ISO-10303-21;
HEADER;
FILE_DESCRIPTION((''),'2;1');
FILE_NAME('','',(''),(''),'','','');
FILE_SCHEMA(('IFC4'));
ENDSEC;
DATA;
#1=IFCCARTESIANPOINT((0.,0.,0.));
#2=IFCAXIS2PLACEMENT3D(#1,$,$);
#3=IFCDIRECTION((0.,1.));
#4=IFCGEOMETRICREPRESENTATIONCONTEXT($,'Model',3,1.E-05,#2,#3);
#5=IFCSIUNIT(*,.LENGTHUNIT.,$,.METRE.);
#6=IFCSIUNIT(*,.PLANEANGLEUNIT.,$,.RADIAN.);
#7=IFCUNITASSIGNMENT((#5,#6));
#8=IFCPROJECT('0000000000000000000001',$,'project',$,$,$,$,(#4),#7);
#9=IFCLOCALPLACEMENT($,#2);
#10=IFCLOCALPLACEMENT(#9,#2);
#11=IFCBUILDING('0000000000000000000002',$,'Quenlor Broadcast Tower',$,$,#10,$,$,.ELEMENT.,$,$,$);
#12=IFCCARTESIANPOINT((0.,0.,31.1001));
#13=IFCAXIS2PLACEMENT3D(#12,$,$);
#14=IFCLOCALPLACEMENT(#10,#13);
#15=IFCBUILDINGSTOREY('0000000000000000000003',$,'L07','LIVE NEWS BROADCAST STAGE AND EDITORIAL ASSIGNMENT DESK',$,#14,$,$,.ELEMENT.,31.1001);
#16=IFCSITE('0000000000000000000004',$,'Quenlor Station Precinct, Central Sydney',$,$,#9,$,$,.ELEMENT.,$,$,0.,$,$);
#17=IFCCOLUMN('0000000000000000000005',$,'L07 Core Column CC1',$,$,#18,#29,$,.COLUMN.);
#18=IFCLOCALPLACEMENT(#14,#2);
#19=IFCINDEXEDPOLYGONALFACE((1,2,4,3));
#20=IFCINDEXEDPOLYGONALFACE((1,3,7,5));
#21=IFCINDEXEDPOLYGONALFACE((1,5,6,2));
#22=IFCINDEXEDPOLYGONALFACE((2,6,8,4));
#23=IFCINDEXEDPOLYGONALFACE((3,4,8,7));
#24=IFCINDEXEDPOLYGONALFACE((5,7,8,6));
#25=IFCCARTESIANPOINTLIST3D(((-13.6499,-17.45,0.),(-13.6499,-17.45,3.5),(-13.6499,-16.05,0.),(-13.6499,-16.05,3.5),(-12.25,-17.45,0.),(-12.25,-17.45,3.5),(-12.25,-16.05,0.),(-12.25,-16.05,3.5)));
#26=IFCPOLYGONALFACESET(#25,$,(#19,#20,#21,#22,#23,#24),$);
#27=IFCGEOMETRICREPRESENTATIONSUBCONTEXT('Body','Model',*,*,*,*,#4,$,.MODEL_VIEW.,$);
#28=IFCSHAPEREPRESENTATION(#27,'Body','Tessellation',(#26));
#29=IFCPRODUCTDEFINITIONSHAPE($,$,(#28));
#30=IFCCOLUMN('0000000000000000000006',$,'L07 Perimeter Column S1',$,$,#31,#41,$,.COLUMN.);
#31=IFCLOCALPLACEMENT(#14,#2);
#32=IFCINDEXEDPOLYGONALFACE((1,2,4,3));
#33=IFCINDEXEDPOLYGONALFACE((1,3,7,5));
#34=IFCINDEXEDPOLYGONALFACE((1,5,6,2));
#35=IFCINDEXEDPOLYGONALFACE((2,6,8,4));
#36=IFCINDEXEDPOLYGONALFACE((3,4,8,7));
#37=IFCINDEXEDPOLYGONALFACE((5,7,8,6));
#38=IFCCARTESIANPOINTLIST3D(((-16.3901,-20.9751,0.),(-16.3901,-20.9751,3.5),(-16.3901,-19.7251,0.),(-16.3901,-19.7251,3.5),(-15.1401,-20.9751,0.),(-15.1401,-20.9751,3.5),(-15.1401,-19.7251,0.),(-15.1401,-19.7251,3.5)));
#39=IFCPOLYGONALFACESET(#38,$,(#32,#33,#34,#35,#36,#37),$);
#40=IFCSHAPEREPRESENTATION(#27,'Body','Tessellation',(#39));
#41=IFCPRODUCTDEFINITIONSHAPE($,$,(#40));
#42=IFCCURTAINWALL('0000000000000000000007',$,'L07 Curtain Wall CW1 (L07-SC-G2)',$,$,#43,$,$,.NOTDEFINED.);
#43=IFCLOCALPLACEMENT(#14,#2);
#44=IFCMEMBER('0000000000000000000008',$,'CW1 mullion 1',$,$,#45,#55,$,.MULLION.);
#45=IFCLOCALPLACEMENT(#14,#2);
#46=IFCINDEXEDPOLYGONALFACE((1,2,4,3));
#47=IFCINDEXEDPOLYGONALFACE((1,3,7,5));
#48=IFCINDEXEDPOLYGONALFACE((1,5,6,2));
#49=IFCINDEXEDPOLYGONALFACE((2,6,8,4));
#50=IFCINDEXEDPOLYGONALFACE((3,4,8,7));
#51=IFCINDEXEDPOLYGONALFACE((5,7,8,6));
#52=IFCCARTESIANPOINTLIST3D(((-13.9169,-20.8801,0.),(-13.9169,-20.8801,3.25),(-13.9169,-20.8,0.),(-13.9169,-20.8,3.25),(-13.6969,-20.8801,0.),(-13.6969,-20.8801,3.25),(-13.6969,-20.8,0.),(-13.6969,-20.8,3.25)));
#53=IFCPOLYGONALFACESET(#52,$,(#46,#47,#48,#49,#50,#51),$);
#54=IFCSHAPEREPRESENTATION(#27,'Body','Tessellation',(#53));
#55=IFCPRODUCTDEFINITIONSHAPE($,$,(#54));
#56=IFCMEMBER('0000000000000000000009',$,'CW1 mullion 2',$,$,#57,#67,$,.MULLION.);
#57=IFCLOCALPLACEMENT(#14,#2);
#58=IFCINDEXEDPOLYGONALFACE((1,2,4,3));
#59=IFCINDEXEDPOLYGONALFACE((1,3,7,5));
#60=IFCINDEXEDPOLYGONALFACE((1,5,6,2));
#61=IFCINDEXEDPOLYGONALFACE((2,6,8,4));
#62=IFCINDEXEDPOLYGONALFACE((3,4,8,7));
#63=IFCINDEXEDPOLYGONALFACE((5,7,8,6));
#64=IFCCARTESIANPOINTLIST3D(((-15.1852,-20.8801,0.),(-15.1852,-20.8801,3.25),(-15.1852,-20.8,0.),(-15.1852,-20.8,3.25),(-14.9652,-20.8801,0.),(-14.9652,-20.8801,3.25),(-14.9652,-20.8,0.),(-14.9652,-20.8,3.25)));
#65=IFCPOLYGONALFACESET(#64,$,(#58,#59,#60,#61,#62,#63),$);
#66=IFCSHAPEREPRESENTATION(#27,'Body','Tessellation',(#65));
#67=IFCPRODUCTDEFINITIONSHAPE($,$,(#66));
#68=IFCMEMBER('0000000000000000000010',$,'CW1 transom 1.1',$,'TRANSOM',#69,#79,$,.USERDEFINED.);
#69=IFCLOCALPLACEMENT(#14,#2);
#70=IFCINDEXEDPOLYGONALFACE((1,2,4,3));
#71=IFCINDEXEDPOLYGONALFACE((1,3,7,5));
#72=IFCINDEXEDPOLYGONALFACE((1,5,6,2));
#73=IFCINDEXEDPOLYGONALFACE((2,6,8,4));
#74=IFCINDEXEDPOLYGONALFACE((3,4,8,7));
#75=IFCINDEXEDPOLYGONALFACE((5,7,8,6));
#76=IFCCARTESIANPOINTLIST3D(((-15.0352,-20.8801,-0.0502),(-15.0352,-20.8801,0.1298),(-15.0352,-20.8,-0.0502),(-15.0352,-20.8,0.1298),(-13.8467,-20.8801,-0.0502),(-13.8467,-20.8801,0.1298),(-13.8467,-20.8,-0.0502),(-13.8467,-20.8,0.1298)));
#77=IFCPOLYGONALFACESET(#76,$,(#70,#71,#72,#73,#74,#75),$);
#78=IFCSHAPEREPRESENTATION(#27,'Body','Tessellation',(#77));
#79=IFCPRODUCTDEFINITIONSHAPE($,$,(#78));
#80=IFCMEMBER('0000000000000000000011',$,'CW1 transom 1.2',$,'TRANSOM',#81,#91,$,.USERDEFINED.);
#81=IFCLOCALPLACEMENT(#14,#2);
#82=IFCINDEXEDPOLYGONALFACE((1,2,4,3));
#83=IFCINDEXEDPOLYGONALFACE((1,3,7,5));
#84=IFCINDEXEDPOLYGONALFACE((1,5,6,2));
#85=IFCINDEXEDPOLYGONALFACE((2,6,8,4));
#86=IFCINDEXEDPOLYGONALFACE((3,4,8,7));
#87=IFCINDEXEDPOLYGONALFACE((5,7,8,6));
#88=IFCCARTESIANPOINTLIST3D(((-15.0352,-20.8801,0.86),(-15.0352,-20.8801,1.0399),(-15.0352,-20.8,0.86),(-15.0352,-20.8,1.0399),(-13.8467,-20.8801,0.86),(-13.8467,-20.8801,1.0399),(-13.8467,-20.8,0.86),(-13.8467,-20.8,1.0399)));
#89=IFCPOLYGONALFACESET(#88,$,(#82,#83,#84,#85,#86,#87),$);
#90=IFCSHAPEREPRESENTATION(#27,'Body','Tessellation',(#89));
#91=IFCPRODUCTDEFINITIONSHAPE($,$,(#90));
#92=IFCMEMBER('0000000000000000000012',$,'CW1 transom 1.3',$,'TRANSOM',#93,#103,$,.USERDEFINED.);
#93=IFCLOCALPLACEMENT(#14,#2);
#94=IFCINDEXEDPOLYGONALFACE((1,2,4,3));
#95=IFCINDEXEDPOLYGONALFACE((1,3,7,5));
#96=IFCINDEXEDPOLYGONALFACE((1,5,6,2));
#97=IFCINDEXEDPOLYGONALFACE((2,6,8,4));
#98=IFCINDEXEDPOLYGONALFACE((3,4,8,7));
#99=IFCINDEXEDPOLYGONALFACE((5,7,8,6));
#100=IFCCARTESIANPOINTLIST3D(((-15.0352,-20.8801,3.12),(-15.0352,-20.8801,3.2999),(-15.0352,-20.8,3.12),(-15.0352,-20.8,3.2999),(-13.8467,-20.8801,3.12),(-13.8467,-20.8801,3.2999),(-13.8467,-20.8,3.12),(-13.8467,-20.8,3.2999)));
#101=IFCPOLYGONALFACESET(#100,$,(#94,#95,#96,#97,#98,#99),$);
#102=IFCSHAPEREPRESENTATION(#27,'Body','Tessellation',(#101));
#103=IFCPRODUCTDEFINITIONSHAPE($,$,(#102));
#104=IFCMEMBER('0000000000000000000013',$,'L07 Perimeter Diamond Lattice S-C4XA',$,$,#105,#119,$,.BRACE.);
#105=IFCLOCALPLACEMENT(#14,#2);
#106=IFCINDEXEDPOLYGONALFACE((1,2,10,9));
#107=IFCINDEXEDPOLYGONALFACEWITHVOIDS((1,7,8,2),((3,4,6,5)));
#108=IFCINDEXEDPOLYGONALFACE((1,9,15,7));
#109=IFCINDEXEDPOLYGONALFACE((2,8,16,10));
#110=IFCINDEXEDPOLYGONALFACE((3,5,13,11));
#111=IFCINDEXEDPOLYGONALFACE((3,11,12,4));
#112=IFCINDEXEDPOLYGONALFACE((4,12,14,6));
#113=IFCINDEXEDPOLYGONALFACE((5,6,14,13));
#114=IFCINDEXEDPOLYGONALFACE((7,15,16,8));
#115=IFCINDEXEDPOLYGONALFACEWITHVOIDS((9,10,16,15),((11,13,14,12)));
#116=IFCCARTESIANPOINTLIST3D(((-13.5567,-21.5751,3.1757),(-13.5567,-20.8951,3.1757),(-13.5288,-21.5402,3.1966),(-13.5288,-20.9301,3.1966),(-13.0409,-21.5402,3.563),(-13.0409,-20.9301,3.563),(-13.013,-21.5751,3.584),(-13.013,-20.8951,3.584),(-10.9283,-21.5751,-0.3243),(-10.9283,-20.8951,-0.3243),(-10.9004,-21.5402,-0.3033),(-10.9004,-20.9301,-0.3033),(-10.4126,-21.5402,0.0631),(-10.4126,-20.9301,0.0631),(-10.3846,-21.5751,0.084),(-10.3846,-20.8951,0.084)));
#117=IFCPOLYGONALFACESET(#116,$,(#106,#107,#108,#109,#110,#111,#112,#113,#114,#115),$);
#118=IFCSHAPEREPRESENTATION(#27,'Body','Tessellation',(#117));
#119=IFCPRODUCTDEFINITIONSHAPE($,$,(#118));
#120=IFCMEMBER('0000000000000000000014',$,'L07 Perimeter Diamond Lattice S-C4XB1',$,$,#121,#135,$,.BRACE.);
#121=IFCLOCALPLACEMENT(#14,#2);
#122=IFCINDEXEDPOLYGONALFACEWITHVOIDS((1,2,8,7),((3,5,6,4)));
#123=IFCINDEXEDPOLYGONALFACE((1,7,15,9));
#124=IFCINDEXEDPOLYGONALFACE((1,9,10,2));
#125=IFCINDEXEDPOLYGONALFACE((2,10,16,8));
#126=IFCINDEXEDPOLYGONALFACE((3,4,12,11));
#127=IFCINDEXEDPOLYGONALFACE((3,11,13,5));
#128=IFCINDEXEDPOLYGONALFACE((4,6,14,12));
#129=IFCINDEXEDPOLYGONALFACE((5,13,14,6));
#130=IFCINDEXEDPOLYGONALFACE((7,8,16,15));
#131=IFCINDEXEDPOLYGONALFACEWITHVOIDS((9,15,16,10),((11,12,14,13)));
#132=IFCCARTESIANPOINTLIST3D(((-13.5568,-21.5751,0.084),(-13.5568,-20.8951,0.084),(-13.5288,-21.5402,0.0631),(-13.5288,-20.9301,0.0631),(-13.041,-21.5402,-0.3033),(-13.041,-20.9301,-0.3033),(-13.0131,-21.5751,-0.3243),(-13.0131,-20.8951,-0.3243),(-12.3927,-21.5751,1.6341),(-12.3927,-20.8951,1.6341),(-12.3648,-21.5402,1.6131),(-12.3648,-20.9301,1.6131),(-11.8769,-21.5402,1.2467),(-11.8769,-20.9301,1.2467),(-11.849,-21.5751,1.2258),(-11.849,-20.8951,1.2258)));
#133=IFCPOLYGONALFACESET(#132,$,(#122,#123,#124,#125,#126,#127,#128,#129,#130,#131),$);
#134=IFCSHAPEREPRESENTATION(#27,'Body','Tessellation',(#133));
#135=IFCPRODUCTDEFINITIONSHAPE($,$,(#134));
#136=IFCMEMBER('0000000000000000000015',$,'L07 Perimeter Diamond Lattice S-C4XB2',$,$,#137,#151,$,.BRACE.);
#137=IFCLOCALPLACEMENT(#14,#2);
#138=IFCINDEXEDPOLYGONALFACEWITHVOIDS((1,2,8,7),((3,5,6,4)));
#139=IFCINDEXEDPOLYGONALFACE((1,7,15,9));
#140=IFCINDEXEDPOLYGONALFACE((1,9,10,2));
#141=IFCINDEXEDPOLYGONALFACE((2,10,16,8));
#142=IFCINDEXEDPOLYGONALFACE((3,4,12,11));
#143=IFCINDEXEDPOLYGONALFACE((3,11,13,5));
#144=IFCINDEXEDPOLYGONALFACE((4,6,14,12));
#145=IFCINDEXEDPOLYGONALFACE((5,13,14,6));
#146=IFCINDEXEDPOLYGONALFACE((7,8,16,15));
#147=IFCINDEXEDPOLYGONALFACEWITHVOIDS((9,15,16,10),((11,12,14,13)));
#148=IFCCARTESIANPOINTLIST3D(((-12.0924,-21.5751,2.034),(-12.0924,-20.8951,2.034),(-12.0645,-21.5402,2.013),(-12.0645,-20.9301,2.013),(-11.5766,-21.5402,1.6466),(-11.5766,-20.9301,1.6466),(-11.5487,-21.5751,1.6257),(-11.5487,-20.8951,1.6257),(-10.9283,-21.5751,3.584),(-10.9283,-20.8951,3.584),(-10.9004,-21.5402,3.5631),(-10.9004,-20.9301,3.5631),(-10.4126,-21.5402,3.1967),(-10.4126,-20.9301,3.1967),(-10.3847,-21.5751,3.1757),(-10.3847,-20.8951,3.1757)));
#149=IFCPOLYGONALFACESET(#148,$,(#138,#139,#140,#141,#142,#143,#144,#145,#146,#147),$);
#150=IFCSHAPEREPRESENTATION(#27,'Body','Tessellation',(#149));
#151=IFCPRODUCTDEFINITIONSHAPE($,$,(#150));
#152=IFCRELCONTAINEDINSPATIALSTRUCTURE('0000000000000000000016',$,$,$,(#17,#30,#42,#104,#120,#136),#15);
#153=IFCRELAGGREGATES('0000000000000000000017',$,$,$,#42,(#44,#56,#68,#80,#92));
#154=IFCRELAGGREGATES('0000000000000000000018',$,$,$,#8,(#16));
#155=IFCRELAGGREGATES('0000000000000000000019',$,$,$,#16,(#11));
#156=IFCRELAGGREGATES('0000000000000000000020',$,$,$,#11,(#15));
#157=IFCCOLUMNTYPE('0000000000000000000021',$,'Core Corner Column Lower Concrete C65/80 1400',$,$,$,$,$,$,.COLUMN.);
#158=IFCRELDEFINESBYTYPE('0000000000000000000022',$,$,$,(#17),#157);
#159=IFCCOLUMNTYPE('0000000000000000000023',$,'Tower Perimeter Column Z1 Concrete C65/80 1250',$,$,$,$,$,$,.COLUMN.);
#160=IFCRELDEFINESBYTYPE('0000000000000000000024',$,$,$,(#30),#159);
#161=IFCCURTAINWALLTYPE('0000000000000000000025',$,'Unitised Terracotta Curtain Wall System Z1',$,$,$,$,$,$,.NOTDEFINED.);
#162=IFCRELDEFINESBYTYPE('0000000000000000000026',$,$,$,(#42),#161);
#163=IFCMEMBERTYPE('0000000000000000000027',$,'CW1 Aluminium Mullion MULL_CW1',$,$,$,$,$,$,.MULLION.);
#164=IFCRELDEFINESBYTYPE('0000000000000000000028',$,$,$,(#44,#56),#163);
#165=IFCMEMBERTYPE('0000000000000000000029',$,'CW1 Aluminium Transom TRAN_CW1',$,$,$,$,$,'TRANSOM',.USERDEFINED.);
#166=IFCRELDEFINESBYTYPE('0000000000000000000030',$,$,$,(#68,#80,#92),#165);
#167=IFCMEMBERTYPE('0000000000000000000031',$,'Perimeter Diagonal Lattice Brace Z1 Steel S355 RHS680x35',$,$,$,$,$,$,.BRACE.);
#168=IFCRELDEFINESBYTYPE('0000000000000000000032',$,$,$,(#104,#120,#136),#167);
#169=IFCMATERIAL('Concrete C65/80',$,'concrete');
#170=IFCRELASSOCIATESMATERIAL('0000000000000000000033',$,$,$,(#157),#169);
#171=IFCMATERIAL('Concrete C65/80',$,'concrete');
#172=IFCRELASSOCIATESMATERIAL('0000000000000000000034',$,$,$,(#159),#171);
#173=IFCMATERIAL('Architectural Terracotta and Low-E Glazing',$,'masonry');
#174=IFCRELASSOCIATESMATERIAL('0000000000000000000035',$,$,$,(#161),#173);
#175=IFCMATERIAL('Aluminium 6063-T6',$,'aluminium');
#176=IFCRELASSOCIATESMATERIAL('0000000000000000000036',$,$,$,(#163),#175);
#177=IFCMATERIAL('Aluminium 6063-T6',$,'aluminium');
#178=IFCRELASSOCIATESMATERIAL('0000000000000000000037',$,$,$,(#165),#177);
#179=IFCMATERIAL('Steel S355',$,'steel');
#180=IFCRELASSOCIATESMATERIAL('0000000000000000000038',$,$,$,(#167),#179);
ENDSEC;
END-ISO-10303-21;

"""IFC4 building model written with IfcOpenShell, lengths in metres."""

from ifc_helpers import new_model, si_unit, direction, frame, origin, origin_2d, place, context, subcontext, project, spatial, rectangle, hollow_rectangle, extrude, material, material_profile, profile_set, type_object, element, aggregate, save


model = new_model("IFC4")

# Units and contexts
model_context = context("Model", 3, precision=1e-05, world=origin(), true_north=direction((0.0, 1.0)))
body_context = subcontext(model_context, "Body", "Model", "MODEL_VIEW")
ifc_project = project(units=[si_unit("LENGTHUNIT", "METRE"), si_unit("PLANEANGLEUNIT", "RADIAN")], contexts=[model_context])

# Site, building, storey
site_placement = place(None, origin())
site = spatial("IfcSite", under=ifc_project, at=site_placement, Name="Quenlor Station Precinct, Central Sydney", CompositionType="ELEMENT", RefElevation=0.0)
building_placement = place(site_placement, origin())
building = spatial("IfcBuilding", under=site, at=building_placement, Name="Quenlor Broadcast Tower", CompositionType="ELEMENT")
storey_placement = place(building_placement, frame((0.0, 0.0, 31.1001)))
storey = spatial("IfcBuildingStorey", under=building, at=storey_placement, Name="L07", Description="LIVE NEWS BROADCAST STAGE AND EDITORIAL ASSIGNMENT DESK", CompositionType="ELEMENT", Elevation=31.1001)

# Columns
ifc_material_1 = material(Name="Concrete C65/80", Category="concrete")
ifc_material_profile_1 = material_profile(ifc_material_1, rectangle(XDim=1.3999, YDim=1.3999, at=origin_2d()))
ifc_profile_set_1 = profile_set([ifc_material_profile_1], Name="Concrete C65/80 RC1400x1400")
column_type_1 = type_object("IfcColumnType", Name="Core Corner Column Lower Concrete C65/80 1400", PredefinedType="COLUMN", material=ifc_profile_set_1)
column_1_placement = place(storey_placement, frame((-12.95, -16.75, 0.0), z_axis=(0.0, 0.0, 1.0), x_axis=(1.0, 0.0, 0.0)))
element("IfcColumn", 1, at=column_1_placement, inside=storey, type_object=column_type_1, Name="L07 Core Column CC1", PredefinedType="COLUMN", context=body_context, shape_type="SweptSolid", body=[
    extrude(rectangle(XDim=1.3999, YDim=1.3999, at=origin_2d()), origin(), (0.0, 0.0, 1.0), 3.5),
])
ifc_material_2 = material(Name="Concrete C65/80", Category="concrete")
ifc_material_profile_2 = material_profile(ifc_material_2, rectangle(XDim=1.25, YDim=1.25, at=origin_2d()))
ifc_profile_set_2 = profile_set([ifc_material_profile_2], Name="Concrete C65/80 RC1250x1250")
column_type_2 = type_object("IfcColumnType", Name="Tower Perimeter Column Z1 Concrete C65/80 1250", PredefinedType="COLUMN", material=ifc_profile_set_2)
column_2_placement = place(storey_placement, frame((-15.7651, -20.3501, 0.0), z_axis=(0.0, 0.0, 1.0), x_axis=(0.0, 1.0, 0.0)))
element("IfcColumn", 2, at=column_2_placement, inside=storey, type_object=column_type_2, Name="L07 Perimeter Column S1", PredefinedType="COLUMN", context=body_context, shape_type="SweptSolid", body=[
    extrude(rectangle(XDim=1.25, YDim=1.25, at=origin_2d()), origin(), (0.0, 0.0, 1.0), 3.5),
])

# Curtain wall, members
ifc_material_3 = material(Name="Architectural Terracotta and Low-E Glazing", Category="masonry")
curtain_wall_type = type_object("IfcCurtainWallType", Name="Unitised Terracotta Curtain Wall System Z1", PredefinedType="NOTDEFINED", material=ifc_material_3)
curtain_wall_placement = place(storey_placement, origin())
curtain_wall = element("IfcCurtainWall", 3, at=curtain_wall_placement, inside=storey, type_object=curtain_wall_type, Name="L07 Curtain Wall CW1 (L07-SC-G2)", PredefinedType="NOTDEFINED")
ifc_material_4 = material(Name="Aluminium 6063-T6", Category="aluminium")
ifc_material_profile_3 = material_profile(ifc_material_4, rectangle(XDim=0.0801, YDim=0.22, at=origin_2d()))
ifc_profile_set_3 = profile_set([ifc_material_profile_3], Name="Aluminium 6063-T6 MULL80x220")
member_type_1 = type_object("IfcMemberType", Name="CW1 Aluminium Mullion MULL_CW1", PredefinedType="MULLION", material=ifc_profile_set_3)
member_1_placement = place(storey_placement, frame((-13.8069, -20.8401, 0.0), z_axis=(0.0, 0.0, 1.0), x_axis=(0.0, -1.0, 0.0)))
member_1 = element("IfcMember", 4, at=member_1_placement, type_object=member_type_1, Name="CW1 mullion 1", PredefinedType="MULLION", context=body_context, shape_type="SweptSolid", body=[
    extrude(rectangle(XDim=0.0801, YDim=0.22, at=origin_2d()), origin(), (0.0, 0.0, 1.0), 3.25),
])
member_2_placement = place(storey_placement, frame((-15.0752, -20.8401, 0.0), z_axis=(0.0, 0.0, 1.0), x_axis=(0.0, -1.0, 0.0)))
member_2 = element("IfcMember", 5, at=member_2_placement, type_object=member_type_1, Name="CW1 mullion 2", PredefinedType="MULLION", context=body_context, shape_type="SweptSolid", body=[
    extrude(rectangle(XDim=0.0801, YDim=0.22, at=origin_2d()), origin(), (0.0, 0.0, 1.0), 3.25),
])
ifc_material_5 = material(Name="Aluminium 6063-T6", Category="aluminium")
ifc_material_profile_4 = material_profile(ifc_material_5, rectangle(XDim=0.0801, YDim=0.1799, at=origin_2d()))
ifc_profile_set_4 = profile_set([ifc_material_profile_4], Name="Aluminium 6063-T6 TRAN80x180")
member_type_2 = type_object("IfcMemberType", Name="CW1 Aluminium Transom TRAN_CW1", ElementType="TRANSOM", PredefinedType="USERDEFINED", material=ifc_profile_set_4)
member_3_placement = place(storey_placement, frame((-13.8467, -20.8401, 0.0398), z_axis=(-1.0, 0.0, 0.0), x_axis=(0.0, -1.0, 0.0)))
member_3 = element("IfcMember", 6, at=member_3_placement, type_object=member_type_2, Name="CW1 transom 1.1", ObjectType="TRANSOM", PredefinedType="USERDEFINED", context=body_context, shape_type="SweptSolid", body=[
    extrude(rectangle(XDim=0.0801, YDim=0.1799, at=origin_2d()), origin(), (0.0, 0.0, 1.0), 1.1885),
])
member_4_placement = place(storey_placement, frame((-13.8467, -20.8401, 0.95), z_axis=(-1.0, 0.0, 0.0), x_axis=(0.0, -1.0, 0.0)))
member_4 = element("IfcMember", 7, at=member_4_placement, type_object=member_type_2, Name="CW1 transom 1.2", ObjectType="TRANSOM", PredefinedType="USERDEFINED", context=body_context, shape_type="SweptSolid", body=[
    extrude(rectangle(XDim=0.0801, YDim=0.1799, at=origin_2d()), origin(), (0.0, 0.0, 1.0), 1.1885),
])
member_5_placement = place(storey_placement, frame((-13.8467, -20.8401, 3.21), z_axis=(-1.0, 0.0, 0.0), x_axis=(0.0, -1.0, 0.0)))
member_5 = element("IfcMember", 8, at=member_5_placement, type_object=member_type_2, Name="CW1 transom 1.3", ObjectType="TRANSOM", PredefinedType="USERDEFINED", context=body_context, shape_type="SweptSolid", body=[
    extrude(rectangle(XDim=0.0801, YDim=0.1799, at=origin_2d()), origin(), (0.0, 0.0, 1.0), 1.1885),
])

# Members
ifc_material_6 = material(Name="Steel S355", Category="steel")
ifc_material_profile_5 = material_profile(ifc_material_6, hollow_rectangle(XDim=0.6799, YDim=0.6799, WallThickness=0.0349, at=origin_2d()))
ifc_profile_set_5 = profile_set([ifc_material_profile_5], Name="Steel S355 RHS680x680x35")
member_type_3 = type_object("IfcMemberType", Name="Perimeter Diagonal Lattice Brace Z1 Steel S355 RHS680x35", PredefinedType="BRACE", material=ifc_profile_set_5)
member_6_placement = place(storey_placement, frame((-10.6565, -21.2351, -0.1201), z_axis=(-0.6005, 0.0, 0.799625), x_axis=(0.0, -1.0, 0.0)))
element("IfcMember", 9, at=member_6_placement, inside=storey, type_object=member_type_3, Name="L07 Perimeter Diamond Lattice S-C4XA", PredefinedType="BRACE", context=body_context, shape_type="SweptSolid", body=[
    extrude(hollow_rectangle(XDim=0.6799, YDim=0.6799, WallThickness=0.0349, at=origin_2d()), origin(), (0.0, 0.0, 1.0), 4.377),
])
for number, where, z_axis, x_axis, name in (
    (10, (-13.2849, -21.2351, -0.1201), (0.600504, 0.0, 0.799622), (0.0, 1.0, 0.0), "L07 Perimeter Diamond Lattice S-C4XB1"),
    (11, (-11.8206, -21.2351, 1.8298), (0.600504, 0.0, 0.799622), (0.0, 1.0, 0.0), "L07 Perimeter Diamond Lattice S-C4XB2"),
):
    element("IfcMember", number, at=place(storey_placement, frame(where, z_axis=z_axis, x_axis=x_axis)), inside=storey, type_object=member_type_3, Name=name, PredefinedType="BRACE", context=body_context, shape_type="SweptSolid", body=[
        extrude(hollow_rectangle(XDim=0.6799, YDim=0.6799, WallThickness=0.0349, at=origin_2d()), origin(), (0.0, 0.0, 1.0), 1.9385),
    ])

aggregate(curtain_wall, [member_1, member_2, member_3, member_4, member_5])

save(model, "model.ifc")
